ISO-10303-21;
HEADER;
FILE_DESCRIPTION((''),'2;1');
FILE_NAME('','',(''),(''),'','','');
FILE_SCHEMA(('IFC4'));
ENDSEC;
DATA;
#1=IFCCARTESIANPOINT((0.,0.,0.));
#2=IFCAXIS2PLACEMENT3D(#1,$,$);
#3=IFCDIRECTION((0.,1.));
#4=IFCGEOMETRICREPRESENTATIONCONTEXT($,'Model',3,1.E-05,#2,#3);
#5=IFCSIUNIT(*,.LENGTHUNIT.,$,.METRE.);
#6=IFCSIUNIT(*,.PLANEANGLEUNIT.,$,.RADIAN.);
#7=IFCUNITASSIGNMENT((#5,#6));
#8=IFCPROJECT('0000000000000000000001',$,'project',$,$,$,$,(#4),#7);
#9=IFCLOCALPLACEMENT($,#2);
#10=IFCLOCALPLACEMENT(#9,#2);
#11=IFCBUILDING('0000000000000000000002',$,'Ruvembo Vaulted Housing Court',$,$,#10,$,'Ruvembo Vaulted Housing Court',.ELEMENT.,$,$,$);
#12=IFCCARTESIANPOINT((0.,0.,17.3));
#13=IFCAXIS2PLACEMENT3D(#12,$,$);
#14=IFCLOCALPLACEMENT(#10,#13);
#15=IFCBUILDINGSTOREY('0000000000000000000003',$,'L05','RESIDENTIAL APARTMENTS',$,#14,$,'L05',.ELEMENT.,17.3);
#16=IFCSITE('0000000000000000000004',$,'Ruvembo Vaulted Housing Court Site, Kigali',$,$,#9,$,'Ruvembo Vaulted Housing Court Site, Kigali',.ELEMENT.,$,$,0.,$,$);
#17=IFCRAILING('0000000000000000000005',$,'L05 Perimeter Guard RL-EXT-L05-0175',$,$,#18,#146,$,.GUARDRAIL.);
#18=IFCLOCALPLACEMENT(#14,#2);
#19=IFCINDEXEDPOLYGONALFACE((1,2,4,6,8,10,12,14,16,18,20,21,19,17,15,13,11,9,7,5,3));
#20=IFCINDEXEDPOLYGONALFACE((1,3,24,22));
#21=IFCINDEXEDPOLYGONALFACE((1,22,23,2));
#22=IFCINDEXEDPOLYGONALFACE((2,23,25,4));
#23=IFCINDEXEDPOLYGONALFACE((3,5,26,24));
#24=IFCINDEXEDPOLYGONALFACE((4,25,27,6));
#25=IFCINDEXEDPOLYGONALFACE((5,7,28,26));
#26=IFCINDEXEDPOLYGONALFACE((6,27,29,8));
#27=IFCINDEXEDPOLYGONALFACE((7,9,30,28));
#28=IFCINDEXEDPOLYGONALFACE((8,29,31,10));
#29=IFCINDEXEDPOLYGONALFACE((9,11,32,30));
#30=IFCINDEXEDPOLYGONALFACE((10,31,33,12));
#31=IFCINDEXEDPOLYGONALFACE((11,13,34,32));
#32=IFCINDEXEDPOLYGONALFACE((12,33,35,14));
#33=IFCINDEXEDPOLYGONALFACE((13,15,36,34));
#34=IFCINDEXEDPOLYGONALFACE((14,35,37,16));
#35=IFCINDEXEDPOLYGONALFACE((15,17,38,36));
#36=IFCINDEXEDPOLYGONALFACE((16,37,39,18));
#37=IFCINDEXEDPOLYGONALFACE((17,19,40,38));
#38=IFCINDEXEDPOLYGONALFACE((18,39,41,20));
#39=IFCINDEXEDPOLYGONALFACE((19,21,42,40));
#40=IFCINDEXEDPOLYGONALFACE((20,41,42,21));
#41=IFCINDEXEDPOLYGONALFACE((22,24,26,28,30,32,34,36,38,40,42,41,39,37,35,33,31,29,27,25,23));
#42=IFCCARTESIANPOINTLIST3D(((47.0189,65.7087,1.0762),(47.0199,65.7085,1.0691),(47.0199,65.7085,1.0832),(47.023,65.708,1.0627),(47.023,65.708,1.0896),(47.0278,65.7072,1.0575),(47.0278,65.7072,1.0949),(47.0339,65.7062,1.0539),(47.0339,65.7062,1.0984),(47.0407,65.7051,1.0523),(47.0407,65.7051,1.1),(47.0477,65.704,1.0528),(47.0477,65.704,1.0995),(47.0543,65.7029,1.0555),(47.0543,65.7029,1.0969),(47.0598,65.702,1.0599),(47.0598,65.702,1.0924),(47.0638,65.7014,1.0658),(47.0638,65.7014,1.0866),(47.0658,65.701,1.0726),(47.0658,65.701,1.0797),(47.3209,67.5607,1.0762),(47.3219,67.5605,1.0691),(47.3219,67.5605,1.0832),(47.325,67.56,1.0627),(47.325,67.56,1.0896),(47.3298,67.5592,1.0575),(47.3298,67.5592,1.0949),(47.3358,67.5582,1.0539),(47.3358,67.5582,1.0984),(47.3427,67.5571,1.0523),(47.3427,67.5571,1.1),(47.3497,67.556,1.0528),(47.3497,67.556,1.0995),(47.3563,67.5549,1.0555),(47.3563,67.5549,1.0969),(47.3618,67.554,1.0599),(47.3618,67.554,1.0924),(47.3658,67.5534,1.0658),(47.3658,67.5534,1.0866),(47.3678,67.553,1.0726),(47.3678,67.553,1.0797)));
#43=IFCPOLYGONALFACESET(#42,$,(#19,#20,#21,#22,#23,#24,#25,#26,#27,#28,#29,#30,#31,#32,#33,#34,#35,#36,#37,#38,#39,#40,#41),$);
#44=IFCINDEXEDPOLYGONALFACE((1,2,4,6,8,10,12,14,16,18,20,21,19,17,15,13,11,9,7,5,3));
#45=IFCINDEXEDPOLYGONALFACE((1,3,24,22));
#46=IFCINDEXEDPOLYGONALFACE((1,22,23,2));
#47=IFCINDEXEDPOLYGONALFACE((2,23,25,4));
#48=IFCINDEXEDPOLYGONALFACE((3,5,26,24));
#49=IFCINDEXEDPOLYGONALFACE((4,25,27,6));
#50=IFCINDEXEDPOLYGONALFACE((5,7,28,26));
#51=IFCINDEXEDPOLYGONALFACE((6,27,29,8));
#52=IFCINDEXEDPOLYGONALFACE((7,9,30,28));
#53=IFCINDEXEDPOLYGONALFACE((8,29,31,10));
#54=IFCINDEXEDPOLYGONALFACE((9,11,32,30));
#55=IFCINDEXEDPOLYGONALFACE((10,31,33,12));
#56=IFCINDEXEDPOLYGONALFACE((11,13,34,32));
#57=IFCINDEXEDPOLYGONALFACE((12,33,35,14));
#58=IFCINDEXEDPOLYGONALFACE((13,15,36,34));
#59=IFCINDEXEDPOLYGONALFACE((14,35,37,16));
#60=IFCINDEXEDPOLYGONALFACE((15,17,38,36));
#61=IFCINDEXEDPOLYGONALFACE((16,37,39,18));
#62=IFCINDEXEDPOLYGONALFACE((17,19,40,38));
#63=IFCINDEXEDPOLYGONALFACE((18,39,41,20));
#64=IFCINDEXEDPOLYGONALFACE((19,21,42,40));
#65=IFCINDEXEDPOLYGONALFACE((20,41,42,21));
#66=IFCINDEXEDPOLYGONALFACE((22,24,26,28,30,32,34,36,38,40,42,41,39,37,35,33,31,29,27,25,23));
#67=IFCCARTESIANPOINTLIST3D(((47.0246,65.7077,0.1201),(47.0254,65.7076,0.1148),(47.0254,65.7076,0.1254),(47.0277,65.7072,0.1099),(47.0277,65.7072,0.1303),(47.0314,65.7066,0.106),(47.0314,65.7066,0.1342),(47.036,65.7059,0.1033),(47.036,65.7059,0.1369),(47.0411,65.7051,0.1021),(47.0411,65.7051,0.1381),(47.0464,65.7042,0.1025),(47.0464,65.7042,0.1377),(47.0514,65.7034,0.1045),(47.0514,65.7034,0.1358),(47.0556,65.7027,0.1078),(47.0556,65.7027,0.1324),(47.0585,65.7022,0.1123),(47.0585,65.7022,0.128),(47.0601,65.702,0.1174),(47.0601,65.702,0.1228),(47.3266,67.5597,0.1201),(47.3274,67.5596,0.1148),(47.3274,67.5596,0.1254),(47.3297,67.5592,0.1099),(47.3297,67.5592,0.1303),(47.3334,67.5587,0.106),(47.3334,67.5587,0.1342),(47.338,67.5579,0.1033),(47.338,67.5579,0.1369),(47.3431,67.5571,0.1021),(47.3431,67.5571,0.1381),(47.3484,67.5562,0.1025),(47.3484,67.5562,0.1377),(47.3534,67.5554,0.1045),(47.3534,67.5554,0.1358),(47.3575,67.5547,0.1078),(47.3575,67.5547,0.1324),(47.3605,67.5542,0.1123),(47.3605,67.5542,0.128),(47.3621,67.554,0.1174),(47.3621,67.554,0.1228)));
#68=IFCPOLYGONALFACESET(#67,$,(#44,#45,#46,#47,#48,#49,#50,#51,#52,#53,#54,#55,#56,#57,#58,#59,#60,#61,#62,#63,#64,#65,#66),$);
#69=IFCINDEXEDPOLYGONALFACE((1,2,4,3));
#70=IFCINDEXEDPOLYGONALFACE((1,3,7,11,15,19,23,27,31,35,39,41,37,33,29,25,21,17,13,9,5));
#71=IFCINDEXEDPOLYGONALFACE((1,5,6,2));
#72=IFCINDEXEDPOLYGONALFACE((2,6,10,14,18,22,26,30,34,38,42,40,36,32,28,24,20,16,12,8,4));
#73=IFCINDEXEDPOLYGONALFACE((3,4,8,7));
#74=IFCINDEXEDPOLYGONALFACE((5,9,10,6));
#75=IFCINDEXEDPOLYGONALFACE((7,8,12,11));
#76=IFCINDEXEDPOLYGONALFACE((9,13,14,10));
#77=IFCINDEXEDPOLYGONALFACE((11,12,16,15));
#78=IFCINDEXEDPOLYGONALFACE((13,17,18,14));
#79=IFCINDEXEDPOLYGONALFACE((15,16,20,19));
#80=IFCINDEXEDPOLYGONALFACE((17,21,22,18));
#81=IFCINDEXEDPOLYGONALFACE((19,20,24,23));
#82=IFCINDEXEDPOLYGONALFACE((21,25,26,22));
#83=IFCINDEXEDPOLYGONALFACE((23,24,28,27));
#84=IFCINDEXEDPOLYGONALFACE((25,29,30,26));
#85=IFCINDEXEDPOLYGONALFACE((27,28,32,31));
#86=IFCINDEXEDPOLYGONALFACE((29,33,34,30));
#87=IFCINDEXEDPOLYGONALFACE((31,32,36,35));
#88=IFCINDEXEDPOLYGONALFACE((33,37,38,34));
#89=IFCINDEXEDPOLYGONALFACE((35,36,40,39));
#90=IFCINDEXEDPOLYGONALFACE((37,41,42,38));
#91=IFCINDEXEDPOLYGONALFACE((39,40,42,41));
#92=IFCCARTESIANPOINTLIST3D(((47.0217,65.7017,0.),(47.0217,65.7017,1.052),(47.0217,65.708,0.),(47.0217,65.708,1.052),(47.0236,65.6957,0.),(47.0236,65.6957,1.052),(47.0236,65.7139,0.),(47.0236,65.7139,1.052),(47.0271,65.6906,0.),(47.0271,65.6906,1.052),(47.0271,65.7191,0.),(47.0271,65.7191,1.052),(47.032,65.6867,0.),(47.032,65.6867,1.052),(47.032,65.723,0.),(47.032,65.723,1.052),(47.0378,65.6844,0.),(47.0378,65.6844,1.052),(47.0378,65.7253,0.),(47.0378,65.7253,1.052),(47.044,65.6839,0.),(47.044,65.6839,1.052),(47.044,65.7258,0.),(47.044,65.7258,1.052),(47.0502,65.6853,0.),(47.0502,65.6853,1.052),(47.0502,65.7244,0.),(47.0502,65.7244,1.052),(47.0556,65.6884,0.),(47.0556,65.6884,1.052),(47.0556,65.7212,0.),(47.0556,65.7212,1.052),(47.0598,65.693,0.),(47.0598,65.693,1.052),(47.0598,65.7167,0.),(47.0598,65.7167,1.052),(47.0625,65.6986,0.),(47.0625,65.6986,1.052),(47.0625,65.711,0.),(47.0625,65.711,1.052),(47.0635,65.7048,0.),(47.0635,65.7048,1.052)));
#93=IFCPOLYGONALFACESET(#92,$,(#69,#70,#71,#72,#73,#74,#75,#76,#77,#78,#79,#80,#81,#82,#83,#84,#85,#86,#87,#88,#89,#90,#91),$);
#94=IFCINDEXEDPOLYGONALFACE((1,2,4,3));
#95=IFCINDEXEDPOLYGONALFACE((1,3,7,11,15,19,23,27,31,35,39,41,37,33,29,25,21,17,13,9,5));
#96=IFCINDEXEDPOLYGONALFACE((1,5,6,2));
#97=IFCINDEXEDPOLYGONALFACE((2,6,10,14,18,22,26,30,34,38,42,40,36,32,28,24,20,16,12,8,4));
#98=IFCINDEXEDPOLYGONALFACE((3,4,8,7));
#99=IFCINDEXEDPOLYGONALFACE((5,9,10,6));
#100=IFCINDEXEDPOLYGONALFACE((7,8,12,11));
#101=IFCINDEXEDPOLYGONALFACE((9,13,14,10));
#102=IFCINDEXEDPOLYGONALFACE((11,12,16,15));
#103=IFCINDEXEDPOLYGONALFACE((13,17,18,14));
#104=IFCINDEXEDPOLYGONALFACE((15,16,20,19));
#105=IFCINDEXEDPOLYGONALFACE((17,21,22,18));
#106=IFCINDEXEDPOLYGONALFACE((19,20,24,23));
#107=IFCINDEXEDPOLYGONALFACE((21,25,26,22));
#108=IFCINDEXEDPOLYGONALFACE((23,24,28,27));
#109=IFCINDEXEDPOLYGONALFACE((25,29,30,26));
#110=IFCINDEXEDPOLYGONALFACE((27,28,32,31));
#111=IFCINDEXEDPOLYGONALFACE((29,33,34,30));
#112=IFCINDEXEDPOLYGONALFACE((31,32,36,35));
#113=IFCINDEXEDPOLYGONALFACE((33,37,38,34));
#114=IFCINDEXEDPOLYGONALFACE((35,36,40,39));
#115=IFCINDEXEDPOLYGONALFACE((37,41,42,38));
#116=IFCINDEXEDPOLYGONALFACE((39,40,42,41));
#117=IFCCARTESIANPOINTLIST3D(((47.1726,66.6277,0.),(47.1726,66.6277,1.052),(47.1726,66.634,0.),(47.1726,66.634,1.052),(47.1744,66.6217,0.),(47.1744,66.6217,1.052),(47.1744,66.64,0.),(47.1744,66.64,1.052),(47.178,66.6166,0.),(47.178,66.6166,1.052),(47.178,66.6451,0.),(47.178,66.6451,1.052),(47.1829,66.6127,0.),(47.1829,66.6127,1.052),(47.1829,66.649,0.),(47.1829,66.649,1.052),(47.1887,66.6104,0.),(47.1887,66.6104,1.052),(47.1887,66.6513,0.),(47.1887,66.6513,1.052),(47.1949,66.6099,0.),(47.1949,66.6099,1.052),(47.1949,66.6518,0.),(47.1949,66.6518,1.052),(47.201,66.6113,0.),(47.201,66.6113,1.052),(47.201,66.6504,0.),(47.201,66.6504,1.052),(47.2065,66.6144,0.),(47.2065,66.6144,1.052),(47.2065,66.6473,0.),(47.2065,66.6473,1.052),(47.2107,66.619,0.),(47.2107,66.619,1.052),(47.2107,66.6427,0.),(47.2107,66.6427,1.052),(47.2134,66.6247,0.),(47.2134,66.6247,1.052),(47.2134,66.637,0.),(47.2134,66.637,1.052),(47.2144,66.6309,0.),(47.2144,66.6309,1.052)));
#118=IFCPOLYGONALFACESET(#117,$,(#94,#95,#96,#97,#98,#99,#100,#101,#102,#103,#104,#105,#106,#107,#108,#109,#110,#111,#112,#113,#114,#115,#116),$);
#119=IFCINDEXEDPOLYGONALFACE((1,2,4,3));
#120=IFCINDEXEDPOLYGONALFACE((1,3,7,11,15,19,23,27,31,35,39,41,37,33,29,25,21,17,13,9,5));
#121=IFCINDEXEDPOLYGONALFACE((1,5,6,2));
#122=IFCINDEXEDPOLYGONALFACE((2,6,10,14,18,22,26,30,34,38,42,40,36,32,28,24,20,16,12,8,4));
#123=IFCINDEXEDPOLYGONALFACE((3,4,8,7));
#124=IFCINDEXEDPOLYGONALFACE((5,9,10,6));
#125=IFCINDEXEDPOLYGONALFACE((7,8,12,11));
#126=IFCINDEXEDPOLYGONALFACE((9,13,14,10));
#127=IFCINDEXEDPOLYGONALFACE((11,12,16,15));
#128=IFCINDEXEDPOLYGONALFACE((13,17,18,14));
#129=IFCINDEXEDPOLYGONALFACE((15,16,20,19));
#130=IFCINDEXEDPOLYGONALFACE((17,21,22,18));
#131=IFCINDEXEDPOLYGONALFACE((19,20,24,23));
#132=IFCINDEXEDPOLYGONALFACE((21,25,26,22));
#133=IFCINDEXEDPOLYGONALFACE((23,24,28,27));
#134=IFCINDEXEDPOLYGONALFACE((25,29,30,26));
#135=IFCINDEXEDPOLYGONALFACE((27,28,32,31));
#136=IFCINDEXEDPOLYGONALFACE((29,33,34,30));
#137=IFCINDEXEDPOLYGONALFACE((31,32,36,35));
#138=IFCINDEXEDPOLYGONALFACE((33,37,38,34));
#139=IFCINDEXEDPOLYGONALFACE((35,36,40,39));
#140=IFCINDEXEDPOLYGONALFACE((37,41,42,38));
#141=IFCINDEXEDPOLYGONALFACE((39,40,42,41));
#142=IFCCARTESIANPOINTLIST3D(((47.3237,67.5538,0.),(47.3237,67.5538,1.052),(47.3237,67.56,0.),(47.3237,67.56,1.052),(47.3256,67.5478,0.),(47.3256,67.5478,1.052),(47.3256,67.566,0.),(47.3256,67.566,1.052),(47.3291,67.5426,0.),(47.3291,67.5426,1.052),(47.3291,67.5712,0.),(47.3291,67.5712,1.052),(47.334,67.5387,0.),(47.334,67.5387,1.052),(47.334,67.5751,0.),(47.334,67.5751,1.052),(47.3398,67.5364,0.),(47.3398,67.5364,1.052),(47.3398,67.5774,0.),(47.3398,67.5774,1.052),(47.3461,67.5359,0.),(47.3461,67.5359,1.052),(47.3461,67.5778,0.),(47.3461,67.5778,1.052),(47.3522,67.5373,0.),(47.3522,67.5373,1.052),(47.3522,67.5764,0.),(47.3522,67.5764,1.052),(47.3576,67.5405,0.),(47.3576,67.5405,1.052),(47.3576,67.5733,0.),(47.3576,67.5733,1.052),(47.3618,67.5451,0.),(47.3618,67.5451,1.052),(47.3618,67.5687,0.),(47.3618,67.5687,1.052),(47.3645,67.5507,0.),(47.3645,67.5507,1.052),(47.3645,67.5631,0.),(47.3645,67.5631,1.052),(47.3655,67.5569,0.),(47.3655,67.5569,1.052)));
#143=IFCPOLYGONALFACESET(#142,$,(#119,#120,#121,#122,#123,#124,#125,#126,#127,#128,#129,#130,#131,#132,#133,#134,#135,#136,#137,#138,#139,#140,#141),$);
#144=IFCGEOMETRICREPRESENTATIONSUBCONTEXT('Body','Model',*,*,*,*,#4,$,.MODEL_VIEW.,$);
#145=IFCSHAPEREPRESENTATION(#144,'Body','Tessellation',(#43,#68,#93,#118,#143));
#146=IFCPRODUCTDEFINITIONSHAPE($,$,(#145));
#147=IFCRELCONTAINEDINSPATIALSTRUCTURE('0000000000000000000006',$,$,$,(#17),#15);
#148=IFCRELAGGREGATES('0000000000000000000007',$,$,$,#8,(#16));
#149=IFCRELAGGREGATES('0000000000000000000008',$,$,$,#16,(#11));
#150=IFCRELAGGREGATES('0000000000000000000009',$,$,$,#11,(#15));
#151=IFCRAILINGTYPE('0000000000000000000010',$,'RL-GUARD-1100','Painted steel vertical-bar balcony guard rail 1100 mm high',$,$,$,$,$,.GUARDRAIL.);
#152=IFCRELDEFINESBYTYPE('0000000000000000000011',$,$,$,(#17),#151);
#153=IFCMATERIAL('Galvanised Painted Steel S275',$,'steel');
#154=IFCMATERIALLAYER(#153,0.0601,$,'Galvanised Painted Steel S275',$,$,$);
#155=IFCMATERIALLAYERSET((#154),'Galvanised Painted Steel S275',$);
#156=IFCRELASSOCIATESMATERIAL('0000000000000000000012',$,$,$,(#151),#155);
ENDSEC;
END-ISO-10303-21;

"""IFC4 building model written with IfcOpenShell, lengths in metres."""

from ifc_helpers import new_model, si_unit, direction, frame, origin, origin_2d, place, context, subcontext, project, spatial, circle, extrude, material, layer, layer_set, type_object, element, save


model = new_model("IFC4")

# Units and contexts
model_context = context("Model", 3, precision=1e-05, world=origin(), true_north=direction((0.0, 1.0)))
body_context = subcontext(model_context, "Body", "Model", "MODEL_VIEW")
ifc_project = project(units=[si_unit("LENGTHUNIT", "METRE"), si_unit("PLANEANGLEUNIT", "RADIAN")], contexts=[model_context])

# Site, building, storey
site_placement = place(None, origin())
site = spatial("IfcSite", under=ifc_project, at=site_placement, Name="Ruvembo Vaulted Housing Court Site, Kigali", LongName="Ruvembo Vaulted Housing Court Site, Kigali", CompositionType="ELEMENT", RefElevation=0.0)
building_placement = place(site_placement, origin())
building = spatial("IfcBuilding", under=site, at=building_placement, Name="Ruvembo Vaulted Housing Court", LongName="Ruvembo Vaulted Housing Court", CompositionType="ELEMENT")
storey_placement = place(building_placement, frame((0.0, 0.0, 17.3)))
storey = spatial("IfcBuildingStorey", under=building, at=storey_placement, Name="L05", Description="RESIDENTIAL APARTMENTS", LongName="L05", CompositionType="ELEMENT", Elevation=17.3)

# Railing
ifc_material_1 = material(Name="Galvanised Painted Steel S275", Category="steel")
ifc_layer_1 = layer(ifc_material_1, 0.0601, Name="Galvanised Painted Steel S275")
ifc_layer_set_1 = layer_set([ifc_layer_1], Name="Galvanised Painted Steel S275")
railing_type = type_object("IfcRailingType", Name="RL-GUARD-1100", Description="Painted steel vertical-bar balcony guard rail 1100 mm high", PredefinedType="GUARDRAIL", material=ifc_layer_set_1)
railing_1_placement = place(storey_placement, frame((47.0425, 65.7048, 0.0)))
element("IfcRailing", 1, at=railing_1_placement, inside=storey, type_object=railing_type, Name="L05 Perimeter Guard RL-EXT-L05-0175", PredefinedType="GUARDRAIL", context=body_context, shape_type="SweptSolid", body=[
    extrude(circle(Radius=0.0239, at=origin_2d()), frame((0.0, 0.0, 1.0762), z_axis=(0.160938, 0.986965, 0.0), x_axis=(-0.986965, 0.160938, 0.0)), (0.0, 0.0, 1.0), 1.8765),
    extrude(circle(Radius=0.0181, at=origin_2d()), frame((0.0, 0.0, 0.1201), z_axis=(0.160938, 0.986965, 0.0), x_axis=(-0.986965, 0.160938, 0.0)), (0.0, 0.0, 1.0), 1.8765),
    extrude(circle(Radius=0.021, at=origin_2d()), origin(), (0.0, 0.0, 1.0), 1.052),
    extrude(circle(Radius=0.021, at=origin_2d()), frame((0.1509, 0.926, 0.0)), (0.0, 0.0, 1.0), 1.052),
    extrude(circle(Radius=0.021, at=origin_2d()), frame((0.302, 1.8521, 0.0)), (0.0, 0.0, 1.0), 1.052),
])

save(model, "model.ifc")
